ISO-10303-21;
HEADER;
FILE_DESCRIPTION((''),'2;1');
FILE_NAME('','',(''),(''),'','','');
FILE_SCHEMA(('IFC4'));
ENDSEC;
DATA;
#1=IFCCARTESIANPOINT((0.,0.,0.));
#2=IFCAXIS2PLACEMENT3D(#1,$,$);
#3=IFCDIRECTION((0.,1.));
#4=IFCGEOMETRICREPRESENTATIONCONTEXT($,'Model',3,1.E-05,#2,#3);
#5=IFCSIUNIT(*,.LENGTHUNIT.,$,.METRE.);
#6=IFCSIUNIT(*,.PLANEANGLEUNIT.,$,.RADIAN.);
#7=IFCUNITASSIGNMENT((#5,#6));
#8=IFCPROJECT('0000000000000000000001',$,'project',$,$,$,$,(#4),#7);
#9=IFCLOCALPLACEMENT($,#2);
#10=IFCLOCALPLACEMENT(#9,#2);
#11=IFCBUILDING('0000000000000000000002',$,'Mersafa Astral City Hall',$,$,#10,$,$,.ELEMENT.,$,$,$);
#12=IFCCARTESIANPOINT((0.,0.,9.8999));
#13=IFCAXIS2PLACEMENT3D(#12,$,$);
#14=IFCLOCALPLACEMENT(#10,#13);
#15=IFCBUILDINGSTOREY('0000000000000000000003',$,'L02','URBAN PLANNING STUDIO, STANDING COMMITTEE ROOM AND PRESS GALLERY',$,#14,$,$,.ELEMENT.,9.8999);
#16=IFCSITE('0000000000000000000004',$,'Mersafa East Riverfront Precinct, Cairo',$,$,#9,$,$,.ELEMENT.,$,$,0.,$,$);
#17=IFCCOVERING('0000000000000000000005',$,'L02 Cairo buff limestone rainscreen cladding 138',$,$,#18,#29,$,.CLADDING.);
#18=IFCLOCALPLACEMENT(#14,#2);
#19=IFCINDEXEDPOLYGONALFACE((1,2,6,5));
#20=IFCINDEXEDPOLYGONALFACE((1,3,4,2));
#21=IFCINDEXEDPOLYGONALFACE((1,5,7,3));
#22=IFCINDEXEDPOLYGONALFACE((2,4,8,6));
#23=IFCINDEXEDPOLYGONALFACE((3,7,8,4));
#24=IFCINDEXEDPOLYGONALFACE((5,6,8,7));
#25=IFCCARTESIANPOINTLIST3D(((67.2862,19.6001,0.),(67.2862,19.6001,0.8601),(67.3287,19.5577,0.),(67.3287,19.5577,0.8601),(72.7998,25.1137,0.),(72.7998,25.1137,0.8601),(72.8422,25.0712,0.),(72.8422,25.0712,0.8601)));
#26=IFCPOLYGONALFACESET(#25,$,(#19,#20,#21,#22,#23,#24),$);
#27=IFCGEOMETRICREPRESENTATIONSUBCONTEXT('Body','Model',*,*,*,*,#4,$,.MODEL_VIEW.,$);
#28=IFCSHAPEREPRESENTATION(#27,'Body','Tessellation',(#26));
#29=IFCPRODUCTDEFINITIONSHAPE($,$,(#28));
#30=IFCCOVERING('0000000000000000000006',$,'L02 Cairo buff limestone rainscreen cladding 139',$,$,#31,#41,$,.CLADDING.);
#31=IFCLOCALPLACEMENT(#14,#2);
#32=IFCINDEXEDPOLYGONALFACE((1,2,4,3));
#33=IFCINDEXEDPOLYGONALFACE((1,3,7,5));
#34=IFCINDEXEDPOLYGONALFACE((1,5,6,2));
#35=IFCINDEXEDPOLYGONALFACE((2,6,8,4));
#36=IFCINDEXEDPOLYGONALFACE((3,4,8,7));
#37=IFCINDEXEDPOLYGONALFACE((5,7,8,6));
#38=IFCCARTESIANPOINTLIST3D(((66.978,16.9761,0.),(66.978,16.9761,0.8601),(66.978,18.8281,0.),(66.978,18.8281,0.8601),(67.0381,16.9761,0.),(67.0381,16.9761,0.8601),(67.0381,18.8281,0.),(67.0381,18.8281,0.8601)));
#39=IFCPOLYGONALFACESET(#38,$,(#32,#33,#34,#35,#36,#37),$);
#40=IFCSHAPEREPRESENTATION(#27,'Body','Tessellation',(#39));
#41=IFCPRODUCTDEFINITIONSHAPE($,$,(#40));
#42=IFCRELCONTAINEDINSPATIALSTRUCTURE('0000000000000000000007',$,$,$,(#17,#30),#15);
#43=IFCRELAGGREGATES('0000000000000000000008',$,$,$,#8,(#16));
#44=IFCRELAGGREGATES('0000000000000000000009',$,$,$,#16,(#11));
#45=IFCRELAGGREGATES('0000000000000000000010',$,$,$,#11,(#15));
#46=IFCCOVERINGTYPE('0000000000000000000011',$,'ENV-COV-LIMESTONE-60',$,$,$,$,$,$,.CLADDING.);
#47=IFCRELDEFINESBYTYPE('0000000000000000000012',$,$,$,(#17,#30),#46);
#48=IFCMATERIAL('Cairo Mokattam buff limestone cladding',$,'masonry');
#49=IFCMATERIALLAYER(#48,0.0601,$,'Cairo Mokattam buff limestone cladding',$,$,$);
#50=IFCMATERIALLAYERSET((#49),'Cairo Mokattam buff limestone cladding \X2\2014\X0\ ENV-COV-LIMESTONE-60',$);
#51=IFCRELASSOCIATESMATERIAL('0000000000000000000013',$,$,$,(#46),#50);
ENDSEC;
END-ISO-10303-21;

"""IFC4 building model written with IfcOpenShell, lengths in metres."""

from ifc_helpers import new_model, si_unit, direction, frame, origin, origin_2d, place, context, subcontext, project, spatial, rectangle, extrude, material, layer, layer_set, type_object, element, save


model = new_model("IFC4")

# Units and contexts
model_context = context("Model", 3, precision=1e-05, world=origin(), true_north=direction((0.0, 1.0)))
body_context = subcontext(model_context, "Body", "Model", "MODEL_VIEW")
ifc_project = project(units=[si_unit("LENGTHUNIT", "METRE"), si_unit("PLANEANGLEUNIT", "RADIAN")], contexts=[model_context])

# Site, building, storey
site_placement = place(None, origin())
site = spatial("IfcSite", under=ifc_project, at=site_placement, Name="Mersafa East Riverfront Precinct, Cairo", CompositionType="ELEMENT", RefElevation=0.0)
building_placement = place(site_placement, origin())
building = spatial("IfcBuilding", under=site, at=building_placement, Name="Mersafa Astral City Hall", CompositionType="ELEMENT")
storey_placement = place(building_placement, frame((0.0, 0.0, 9.8999)))
storey = spatial("IfcBuildingStorey", under=building, at=storey_placement, Name="L02", Description="URBAN PLANNING STUDIO, STANDING COMMITTEE ROOM AND PRESS GALLERY", CompositionType="ELEMENT", Elevation=9.8999)

# Coverings
ifc_material_1 = material(Name="Cairo Mokattam buff limestone cladding", Category="masonry")
ifc_layer_1 = layer(ifc_material_1, 0.0601, Name="Cairo Mokattam buff limestone cladding")
ifc_layer_set_1 = layer_set([ifc_layer_1], Name="Cairo Mokattam buff limestone cladding — ENV-COV-LIMESTONE-60")
covering_type_1 = type_object("IfcCoveringType", Name="ENV-COV-LIMESTONE-60", PredefinedType="CLADDING", material=ifc_layer_set_1)
covering_1_placement = place(storey_placement, frame((70.0642, 22.3357, 0.0), z_axis=(0.0, 0.0, 1.0), x_axis=(-0.707107, -0.707107, 0.0)))
element("IfcCovering", 1, at=covering_1_placement, inside=storey, type_object=covering_type_1, Name="L02 Cairo buff limestone rainscreen cladding 138", PredefinedType="CLADDING", context=body_context, shape_type="SweptSolid", body=[
    extrude(rectangle(XDim=7.7974, YDim=0.0601, at=origin_2d()), origin(), (0.0, 0.0, 1.0), 0.8601),
])
covering_2_placement = place(storey_placement, frame((67.0081, 17.9021, 0.0), z_axis=(0.0, 0.0, 1.0), x_axis=(0.0, -1.0, 0.0)))
element("IfcCovering", 2, at=covering_2_placement, inside=storey, type_object=covering_type_1, Name="L02 Cairo buff limestone rainscreen cladding 139", PredefinedType="CLADDING", context=body_context, shape_type="SweptSolid", body=[
    extrude(rectangle(XDim=1.8521, YDim=0.0601, at=origin_2d()), origin(), (0.0, 0.0, 1.0), 0.8601),
])

save(model, "model.ifc")
